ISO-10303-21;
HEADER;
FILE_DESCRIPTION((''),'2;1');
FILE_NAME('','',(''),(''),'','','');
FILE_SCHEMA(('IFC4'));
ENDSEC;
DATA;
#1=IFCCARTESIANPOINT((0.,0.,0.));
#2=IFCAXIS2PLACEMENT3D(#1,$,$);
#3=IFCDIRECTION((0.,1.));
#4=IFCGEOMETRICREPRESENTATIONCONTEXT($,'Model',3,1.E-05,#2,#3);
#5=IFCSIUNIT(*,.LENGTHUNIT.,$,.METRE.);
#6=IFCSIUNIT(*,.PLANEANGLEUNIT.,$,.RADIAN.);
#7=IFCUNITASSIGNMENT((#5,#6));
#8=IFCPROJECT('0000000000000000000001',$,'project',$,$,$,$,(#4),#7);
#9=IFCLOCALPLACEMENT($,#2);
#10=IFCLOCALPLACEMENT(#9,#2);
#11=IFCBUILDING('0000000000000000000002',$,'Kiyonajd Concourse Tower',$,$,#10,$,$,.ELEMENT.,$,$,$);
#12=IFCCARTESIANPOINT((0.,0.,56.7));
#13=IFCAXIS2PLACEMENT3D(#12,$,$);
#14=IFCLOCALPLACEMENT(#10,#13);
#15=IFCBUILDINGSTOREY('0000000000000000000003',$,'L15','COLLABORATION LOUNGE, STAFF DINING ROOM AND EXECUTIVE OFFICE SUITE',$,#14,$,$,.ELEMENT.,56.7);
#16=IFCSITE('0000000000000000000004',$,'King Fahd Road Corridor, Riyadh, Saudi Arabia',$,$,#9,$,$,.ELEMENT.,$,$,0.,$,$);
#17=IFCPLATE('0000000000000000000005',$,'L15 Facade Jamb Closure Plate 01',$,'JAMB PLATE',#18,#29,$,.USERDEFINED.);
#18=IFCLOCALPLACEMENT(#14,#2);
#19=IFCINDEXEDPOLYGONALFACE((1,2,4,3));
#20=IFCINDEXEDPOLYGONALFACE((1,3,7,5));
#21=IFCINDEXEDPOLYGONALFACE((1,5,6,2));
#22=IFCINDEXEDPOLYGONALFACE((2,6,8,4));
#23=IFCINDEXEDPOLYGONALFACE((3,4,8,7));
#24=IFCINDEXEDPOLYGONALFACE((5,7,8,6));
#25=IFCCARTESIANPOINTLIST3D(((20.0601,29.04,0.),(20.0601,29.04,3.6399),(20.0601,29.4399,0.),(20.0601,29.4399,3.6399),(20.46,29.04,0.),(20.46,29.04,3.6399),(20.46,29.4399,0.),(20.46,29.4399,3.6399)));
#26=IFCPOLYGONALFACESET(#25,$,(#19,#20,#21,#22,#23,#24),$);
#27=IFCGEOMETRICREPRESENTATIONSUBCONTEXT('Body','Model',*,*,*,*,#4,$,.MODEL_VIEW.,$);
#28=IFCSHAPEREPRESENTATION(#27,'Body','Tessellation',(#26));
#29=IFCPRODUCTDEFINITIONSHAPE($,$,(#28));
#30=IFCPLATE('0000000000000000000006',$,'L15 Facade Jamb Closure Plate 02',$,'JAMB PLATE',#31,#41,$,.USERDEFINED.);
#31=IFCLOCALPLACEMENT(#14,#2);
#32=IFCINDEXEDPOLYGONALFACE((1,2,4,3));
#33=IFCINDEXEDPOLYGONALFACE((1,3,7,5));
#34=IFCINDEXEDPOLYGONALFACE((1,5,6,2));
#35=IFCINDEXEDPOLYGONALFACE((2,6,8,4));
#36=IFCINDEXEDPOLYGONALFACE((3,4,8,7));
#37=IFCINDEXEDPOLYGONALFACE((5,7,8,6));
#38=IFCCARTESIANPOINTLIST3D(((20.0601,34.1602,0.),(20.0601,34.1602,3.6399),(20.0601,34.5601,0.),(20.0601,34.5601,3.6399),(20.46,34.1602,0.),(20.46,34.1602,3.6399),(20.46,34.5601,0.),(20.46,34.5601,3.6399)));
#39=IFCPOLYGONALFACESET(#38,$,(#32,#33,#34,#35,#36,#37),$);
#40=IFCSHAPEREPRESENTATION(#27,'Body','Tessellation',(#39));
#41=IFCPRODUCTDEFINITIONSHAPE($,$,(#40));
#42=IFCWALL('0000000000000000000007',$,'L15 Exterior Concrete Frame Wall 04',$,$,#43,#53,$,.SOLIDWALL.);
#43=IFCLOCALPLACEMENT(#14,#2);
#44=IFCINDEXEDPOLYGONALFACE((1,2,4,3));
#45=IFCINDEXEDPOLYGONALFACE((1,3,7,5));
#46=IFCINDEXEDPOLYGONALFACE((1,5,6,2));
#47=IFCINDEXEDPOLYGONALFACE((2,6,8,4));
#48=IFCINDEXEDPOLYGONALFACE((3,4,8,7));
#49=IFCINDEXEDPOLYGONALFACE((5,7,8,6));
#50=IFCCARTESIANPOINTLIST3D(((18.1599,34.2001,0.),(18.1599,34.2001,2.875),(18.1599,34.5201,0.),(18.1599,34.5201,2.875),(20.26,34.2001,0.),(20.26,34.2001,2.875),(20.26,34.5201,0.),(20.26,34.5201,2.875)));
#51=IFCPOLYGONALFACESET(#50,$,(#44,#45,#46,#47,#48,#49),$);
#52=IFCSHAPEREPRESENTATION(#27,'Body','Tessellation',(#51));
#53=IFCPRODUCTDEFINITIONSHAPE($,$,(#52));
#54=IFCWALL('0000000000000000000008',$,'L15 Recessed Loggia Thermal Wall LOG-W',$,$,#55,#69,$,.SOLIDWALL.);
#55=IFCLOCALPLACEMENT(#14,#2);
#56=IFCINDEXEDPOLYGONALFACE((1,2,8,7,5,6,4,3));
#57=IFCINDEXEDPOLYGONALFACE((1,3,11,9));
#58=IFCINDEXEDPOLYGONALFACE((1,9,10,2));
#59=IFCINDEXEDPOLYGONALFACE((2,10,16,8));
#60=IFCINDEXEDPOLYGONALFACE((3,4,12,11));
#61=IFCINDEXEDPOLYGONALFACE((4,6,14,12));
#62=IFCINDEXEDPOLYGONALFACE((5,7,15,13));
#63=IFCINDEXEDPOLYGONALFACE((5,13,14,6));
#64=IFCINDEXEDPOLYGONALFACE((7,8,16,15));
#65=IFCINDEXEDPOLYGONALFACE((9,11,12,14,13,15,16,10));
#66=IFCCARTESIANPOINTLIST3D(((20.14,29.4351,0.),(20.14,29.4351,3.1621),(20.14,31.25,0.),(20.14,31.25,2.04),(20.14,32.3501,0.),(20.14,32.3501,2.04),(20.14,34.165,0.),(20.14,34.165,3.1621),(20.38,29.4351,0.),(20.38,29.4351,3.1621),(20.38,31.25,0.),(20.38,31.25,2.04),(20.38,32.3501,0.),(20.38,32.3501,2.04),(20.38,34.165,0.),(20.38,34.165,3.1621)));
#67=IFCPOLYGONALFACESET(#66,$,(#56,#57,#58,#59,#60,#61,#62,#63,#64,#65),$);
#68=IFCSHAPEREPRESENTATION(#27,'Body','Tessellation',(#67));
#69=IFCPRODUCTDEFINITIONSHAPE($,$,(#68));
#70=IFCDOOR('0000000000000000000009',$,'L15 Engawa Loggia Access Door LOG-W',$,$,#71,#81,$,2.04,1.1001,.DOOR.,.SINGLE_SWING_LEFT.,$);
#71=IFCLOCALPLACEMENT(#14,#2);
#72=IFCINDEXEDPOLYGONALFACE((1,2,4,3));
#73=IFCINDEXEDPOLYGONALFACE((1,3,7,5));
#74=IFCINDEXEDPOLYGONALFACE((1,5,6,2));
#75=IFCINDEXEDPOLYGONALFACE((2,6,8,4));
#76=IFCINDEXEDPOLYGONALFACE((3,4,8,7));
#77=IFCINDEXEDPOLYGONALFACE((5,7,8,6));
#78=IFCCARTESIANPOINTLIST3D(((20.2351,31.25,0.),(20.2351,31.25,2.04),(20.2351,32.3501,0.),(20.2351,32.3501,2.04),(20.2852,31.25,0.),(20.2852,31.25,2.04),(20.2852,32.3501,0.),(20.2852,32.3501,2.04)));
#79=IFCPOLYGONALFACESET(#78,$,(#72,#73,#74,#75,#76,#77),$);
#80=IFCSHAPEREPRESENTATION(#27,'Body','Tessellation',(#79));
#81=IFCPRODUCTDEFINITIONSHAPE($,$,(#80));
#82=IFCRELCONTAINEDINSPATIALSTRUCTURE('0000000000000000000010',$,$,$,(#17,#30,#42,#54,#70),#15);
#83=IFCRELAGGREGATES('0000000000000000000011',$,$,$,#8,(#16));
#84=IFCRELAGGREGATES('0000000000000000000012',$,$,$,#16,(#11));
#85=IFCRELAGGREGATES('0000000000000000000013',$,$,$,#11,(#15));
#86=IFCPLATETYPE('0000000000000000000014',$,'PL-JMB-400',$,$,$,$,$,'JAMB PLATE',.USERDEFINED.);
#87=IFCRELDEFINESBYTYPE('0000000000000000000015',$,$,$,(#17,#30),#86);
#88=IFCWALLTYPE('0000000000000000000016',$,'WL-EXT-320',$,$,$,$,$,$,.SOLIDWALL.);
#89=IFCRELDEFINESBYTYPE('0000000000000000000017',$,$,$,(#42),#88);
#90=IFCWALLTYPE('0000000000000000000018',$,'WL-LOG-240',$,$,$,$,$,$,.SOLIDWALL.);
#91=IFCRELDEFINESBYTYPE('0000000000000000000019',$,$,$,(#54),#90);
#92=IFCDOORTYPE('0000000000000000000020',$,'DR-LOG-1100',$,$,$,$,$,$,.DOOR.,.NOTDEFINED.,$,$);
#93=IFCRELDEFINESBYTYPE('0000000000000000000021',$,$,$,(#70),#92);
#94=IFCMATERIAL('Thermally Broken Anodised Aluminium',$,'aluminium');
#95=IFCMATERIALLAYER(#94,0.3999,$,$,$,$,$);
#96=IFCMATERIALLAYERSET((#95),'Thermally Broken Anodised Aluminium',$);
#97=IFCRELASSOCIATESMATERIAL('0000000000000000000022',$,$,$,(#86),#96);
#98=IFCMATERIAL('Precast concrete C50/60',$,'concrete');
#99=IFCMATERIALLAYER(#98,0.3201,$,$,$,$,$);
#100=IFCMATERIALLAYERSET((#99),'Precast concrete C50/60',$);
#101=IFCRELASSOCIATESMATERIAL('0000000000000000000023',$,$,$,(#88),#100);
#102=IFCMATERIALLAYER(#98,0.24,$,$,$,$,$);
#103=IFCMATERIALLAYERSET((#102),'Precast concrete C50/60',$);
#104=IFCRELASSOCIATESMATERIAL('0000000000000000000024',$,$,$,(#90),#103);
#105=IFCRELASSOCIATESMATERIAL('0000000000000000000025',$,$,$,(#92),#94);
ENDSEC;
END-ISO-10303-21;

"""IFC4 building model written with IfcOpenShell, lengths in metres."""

from ifc_helpers import new_model, si_unit, direction, frame, frame_2d, origin, origin_2d, place, context, subcontext, project, spatial, rectangle, extrude, material, layer, layer_set, type_object, element, fill, save


model = new_model("IFC4")

# Units and contexts
model_context = context("Model", 3, precision=1e-05, world=origin(), true_north=direction((0.0, 1.0)))
body_context = subcontext(model_context, "Body", "Model", "MODEL_VIEW")
ifc_project = project(units=[si_unit("LENGTHUNIT", "METRE"), si_unit("PLANEANGLEUNIT", "RADIAN")], contexts=[model_context])

# Site, building, storey
site_placement = place(None, origin())
site = spatial("IfcSite", under=ifc_project, at=site_placement, Name="King Fahd Road Corridor, Riyadh, Saudi Arabia", CompositionType="ELEMENT", RefElevation=0.0)
building_placement = place(site_placement, origin())
building = spatial("IfcBuilding", under=site, at=building_placement, Name="Kiyonajd Concourse Tower", CompositionType="ELEMENT")
storey_placement = place(building_placement, frame((0.0, 0.0, 56.7)))
storey = spatial("IfcBuildingStorey", under=building, at=storey_placement, Name="L15", Description="COLLABORATION LOUNGE, STAFF DINING ROOM AND EXECUTIVE OFFICE SUITE", CompositionType="ELEMENT", Elevation=56.7)

# Shared definitions
ifc_material_1 = material(Name="Precast concrete C50/60", Category="concrete")

# Plates
ifc_material_2 = material(Name="Thermally Broken Anodised Aluminium", Category="aluminium")
ifc_layer_1 = layer(ifc_material_2, 0.3999)
ifc_layer_set_1 = layer_set([ifc_layer_1], Name="Thermally Broken Anodised Aluminium")
plate_type_1 = type_object("IfcPlateType", Name="PL-JMB-400", ElementType="JAMB PLATE", PredefinedType="USERDEFINED", material=ifc_layer_set_1)
for number, where, z_axis, x_axis, name in (
    (1, (20.26, 29.24, 0.0), (0.0, 0.0, 1.0), (1.0, 0.0, 0.0), "L15 Facade Jamb Closure Plate 01"),
    (2, (20.26, 34.3601, 0.0), (0.0, 0.0, 1.0), (1.0, 0.0, 0.0), "L15 Facade Jamb Closure Plate 02"),
):
    element("IfcPlate", number, at=place(storey_placement, frame(where, z_axis=z_axis, x_axis=x_axis)), inside=storey, type_object=plate_type_1, Name=name, ObjectType="JAMB PLATE", PredefinedType="USERDEFINED", context=body_context, shape_type="SweptSolid", body=[
        extrude(rectangle(XDim=0.3999, YDim=0.3999, at=origin_2d()), origin(), (0.0, 0.0, 1.0), 3.6399),
    ])

# Wall
ifc_layer_2 = layer(ifc_material_1, 0.3201)
ifc_layer_set_2 = layer_set([ifc_layer_2], Name="Precast concrete C50/60")
wall_type_1 = type_object("IfcWallType", Name="WL-EXT-320", PredefinedType="SOLIDWALL", material=ifc_layer_set_2)
wall_1_placement = place(storey_placement, frame((20.26, 34.3601, 0.0), z_axis=(0.0, 0.0, 1.0), x_axis=(-1.0, 0.0, 0.0)))
element("IfcWall", 3, at=wall_1_placement, inside=storey, type_object=wall_type_1, Name="L15 Exterior Concrete Frame Wall 04", PredefinedType="SOLIDWALL", context=body_context, shape_type="SweptSolid", body=[
    extrude(rectangle(XDim=2.1001, YDim=0.3201, at=frame_2d((1.05, 0.0))), origin(), (0.0, 0.0, 1.0), 2.875),
])

# Wall, opening, door
ifc_layer_3 = layer(ifc_material_1, 0.24)
ifc_layer_set_3 = layer_set([ifc_layer_3], Name="Precast concrete C50/60")
wall_type_2 = type_object("IfcWallType", Name="WL-LOG-240", PredefinedType="SOLIDWALL", material=ifc_layer_set_3)
wall_2_placement = place(storey_placement, frame((20.26, 29.4351, 0.0), z_axis=(0.0, 0.0, 1.0), x_axis=(0.0, 1.0, 0.0)))
wall_2 = element("IfcWall", 4, at=wall_2_placement, inside=storey, type_object=wall_type_2, Name="L15 Recessed Loggia Thermal Wall LOG-W", PredefinedType="SOLIDWALL", context=body_context, shape_type="SweptSolid", body=[
    extrude(rectangle(XDim=4.73, YDim=0.24, at=frame_2d((2.365, 0.0))), origin(), (0.0, 0.0, 1.0), 3.1621),
])
opening_1_placement = place(wall_2_placement, frame((1.8149, 0.0, 0.0)))
opening_1 = element("IfcOpeningElement", 5, at=opening_1_placement, cuts=wall_2, PredefinedType="OPENING", context=body_context, shape_type="SweptSolid", body=[
    extrude(rectangle(XDim=1.1001, YDim=2.04, at=frame_2d((0.55, 1.02))), frame((0.0, 0.1299, 0.0), z_axis=(0.0, -1.0, 0.0), x_axis=(1.0, 0.0, 0.0)), (0.0, 0.0, 1.0), 0.26),
])
door_type_1 = type_object("IfcDoorType", Name="DR-LOG-1100", OperationType="NOTDEFINED", PredefinedType="DOOR", material=ifc_material_2)
door_1_placement = place(opening_1_placement, origin())
door_1 = element("IfcDoor", 6, at=door_1_placement, inside=storey, type_object=door_type_1, Name="L15 Engawa Loggia Access Door LOG-W", OperationType="SINGLE_SWING_LEFT", OverallHeight=2.04, OverallWidth=1.1001, PredefinedType="DOOR", context=body_context, shape_type="SweptSolid", body=[
    extrude(rectangle(XDim=1.1001, YDim=2.04, at=frame_2d((0.55, 1.02))), frame((0.0, 0.0249, 0.0), z_axis=(0.0, -1.0, 0.0), x_axis=(1.0, 0.0, 0.0)), (0.0, 0.0, 1.0), 0.05),
])
fill(opening_1, door_1)

save(model, "model.ifc")
